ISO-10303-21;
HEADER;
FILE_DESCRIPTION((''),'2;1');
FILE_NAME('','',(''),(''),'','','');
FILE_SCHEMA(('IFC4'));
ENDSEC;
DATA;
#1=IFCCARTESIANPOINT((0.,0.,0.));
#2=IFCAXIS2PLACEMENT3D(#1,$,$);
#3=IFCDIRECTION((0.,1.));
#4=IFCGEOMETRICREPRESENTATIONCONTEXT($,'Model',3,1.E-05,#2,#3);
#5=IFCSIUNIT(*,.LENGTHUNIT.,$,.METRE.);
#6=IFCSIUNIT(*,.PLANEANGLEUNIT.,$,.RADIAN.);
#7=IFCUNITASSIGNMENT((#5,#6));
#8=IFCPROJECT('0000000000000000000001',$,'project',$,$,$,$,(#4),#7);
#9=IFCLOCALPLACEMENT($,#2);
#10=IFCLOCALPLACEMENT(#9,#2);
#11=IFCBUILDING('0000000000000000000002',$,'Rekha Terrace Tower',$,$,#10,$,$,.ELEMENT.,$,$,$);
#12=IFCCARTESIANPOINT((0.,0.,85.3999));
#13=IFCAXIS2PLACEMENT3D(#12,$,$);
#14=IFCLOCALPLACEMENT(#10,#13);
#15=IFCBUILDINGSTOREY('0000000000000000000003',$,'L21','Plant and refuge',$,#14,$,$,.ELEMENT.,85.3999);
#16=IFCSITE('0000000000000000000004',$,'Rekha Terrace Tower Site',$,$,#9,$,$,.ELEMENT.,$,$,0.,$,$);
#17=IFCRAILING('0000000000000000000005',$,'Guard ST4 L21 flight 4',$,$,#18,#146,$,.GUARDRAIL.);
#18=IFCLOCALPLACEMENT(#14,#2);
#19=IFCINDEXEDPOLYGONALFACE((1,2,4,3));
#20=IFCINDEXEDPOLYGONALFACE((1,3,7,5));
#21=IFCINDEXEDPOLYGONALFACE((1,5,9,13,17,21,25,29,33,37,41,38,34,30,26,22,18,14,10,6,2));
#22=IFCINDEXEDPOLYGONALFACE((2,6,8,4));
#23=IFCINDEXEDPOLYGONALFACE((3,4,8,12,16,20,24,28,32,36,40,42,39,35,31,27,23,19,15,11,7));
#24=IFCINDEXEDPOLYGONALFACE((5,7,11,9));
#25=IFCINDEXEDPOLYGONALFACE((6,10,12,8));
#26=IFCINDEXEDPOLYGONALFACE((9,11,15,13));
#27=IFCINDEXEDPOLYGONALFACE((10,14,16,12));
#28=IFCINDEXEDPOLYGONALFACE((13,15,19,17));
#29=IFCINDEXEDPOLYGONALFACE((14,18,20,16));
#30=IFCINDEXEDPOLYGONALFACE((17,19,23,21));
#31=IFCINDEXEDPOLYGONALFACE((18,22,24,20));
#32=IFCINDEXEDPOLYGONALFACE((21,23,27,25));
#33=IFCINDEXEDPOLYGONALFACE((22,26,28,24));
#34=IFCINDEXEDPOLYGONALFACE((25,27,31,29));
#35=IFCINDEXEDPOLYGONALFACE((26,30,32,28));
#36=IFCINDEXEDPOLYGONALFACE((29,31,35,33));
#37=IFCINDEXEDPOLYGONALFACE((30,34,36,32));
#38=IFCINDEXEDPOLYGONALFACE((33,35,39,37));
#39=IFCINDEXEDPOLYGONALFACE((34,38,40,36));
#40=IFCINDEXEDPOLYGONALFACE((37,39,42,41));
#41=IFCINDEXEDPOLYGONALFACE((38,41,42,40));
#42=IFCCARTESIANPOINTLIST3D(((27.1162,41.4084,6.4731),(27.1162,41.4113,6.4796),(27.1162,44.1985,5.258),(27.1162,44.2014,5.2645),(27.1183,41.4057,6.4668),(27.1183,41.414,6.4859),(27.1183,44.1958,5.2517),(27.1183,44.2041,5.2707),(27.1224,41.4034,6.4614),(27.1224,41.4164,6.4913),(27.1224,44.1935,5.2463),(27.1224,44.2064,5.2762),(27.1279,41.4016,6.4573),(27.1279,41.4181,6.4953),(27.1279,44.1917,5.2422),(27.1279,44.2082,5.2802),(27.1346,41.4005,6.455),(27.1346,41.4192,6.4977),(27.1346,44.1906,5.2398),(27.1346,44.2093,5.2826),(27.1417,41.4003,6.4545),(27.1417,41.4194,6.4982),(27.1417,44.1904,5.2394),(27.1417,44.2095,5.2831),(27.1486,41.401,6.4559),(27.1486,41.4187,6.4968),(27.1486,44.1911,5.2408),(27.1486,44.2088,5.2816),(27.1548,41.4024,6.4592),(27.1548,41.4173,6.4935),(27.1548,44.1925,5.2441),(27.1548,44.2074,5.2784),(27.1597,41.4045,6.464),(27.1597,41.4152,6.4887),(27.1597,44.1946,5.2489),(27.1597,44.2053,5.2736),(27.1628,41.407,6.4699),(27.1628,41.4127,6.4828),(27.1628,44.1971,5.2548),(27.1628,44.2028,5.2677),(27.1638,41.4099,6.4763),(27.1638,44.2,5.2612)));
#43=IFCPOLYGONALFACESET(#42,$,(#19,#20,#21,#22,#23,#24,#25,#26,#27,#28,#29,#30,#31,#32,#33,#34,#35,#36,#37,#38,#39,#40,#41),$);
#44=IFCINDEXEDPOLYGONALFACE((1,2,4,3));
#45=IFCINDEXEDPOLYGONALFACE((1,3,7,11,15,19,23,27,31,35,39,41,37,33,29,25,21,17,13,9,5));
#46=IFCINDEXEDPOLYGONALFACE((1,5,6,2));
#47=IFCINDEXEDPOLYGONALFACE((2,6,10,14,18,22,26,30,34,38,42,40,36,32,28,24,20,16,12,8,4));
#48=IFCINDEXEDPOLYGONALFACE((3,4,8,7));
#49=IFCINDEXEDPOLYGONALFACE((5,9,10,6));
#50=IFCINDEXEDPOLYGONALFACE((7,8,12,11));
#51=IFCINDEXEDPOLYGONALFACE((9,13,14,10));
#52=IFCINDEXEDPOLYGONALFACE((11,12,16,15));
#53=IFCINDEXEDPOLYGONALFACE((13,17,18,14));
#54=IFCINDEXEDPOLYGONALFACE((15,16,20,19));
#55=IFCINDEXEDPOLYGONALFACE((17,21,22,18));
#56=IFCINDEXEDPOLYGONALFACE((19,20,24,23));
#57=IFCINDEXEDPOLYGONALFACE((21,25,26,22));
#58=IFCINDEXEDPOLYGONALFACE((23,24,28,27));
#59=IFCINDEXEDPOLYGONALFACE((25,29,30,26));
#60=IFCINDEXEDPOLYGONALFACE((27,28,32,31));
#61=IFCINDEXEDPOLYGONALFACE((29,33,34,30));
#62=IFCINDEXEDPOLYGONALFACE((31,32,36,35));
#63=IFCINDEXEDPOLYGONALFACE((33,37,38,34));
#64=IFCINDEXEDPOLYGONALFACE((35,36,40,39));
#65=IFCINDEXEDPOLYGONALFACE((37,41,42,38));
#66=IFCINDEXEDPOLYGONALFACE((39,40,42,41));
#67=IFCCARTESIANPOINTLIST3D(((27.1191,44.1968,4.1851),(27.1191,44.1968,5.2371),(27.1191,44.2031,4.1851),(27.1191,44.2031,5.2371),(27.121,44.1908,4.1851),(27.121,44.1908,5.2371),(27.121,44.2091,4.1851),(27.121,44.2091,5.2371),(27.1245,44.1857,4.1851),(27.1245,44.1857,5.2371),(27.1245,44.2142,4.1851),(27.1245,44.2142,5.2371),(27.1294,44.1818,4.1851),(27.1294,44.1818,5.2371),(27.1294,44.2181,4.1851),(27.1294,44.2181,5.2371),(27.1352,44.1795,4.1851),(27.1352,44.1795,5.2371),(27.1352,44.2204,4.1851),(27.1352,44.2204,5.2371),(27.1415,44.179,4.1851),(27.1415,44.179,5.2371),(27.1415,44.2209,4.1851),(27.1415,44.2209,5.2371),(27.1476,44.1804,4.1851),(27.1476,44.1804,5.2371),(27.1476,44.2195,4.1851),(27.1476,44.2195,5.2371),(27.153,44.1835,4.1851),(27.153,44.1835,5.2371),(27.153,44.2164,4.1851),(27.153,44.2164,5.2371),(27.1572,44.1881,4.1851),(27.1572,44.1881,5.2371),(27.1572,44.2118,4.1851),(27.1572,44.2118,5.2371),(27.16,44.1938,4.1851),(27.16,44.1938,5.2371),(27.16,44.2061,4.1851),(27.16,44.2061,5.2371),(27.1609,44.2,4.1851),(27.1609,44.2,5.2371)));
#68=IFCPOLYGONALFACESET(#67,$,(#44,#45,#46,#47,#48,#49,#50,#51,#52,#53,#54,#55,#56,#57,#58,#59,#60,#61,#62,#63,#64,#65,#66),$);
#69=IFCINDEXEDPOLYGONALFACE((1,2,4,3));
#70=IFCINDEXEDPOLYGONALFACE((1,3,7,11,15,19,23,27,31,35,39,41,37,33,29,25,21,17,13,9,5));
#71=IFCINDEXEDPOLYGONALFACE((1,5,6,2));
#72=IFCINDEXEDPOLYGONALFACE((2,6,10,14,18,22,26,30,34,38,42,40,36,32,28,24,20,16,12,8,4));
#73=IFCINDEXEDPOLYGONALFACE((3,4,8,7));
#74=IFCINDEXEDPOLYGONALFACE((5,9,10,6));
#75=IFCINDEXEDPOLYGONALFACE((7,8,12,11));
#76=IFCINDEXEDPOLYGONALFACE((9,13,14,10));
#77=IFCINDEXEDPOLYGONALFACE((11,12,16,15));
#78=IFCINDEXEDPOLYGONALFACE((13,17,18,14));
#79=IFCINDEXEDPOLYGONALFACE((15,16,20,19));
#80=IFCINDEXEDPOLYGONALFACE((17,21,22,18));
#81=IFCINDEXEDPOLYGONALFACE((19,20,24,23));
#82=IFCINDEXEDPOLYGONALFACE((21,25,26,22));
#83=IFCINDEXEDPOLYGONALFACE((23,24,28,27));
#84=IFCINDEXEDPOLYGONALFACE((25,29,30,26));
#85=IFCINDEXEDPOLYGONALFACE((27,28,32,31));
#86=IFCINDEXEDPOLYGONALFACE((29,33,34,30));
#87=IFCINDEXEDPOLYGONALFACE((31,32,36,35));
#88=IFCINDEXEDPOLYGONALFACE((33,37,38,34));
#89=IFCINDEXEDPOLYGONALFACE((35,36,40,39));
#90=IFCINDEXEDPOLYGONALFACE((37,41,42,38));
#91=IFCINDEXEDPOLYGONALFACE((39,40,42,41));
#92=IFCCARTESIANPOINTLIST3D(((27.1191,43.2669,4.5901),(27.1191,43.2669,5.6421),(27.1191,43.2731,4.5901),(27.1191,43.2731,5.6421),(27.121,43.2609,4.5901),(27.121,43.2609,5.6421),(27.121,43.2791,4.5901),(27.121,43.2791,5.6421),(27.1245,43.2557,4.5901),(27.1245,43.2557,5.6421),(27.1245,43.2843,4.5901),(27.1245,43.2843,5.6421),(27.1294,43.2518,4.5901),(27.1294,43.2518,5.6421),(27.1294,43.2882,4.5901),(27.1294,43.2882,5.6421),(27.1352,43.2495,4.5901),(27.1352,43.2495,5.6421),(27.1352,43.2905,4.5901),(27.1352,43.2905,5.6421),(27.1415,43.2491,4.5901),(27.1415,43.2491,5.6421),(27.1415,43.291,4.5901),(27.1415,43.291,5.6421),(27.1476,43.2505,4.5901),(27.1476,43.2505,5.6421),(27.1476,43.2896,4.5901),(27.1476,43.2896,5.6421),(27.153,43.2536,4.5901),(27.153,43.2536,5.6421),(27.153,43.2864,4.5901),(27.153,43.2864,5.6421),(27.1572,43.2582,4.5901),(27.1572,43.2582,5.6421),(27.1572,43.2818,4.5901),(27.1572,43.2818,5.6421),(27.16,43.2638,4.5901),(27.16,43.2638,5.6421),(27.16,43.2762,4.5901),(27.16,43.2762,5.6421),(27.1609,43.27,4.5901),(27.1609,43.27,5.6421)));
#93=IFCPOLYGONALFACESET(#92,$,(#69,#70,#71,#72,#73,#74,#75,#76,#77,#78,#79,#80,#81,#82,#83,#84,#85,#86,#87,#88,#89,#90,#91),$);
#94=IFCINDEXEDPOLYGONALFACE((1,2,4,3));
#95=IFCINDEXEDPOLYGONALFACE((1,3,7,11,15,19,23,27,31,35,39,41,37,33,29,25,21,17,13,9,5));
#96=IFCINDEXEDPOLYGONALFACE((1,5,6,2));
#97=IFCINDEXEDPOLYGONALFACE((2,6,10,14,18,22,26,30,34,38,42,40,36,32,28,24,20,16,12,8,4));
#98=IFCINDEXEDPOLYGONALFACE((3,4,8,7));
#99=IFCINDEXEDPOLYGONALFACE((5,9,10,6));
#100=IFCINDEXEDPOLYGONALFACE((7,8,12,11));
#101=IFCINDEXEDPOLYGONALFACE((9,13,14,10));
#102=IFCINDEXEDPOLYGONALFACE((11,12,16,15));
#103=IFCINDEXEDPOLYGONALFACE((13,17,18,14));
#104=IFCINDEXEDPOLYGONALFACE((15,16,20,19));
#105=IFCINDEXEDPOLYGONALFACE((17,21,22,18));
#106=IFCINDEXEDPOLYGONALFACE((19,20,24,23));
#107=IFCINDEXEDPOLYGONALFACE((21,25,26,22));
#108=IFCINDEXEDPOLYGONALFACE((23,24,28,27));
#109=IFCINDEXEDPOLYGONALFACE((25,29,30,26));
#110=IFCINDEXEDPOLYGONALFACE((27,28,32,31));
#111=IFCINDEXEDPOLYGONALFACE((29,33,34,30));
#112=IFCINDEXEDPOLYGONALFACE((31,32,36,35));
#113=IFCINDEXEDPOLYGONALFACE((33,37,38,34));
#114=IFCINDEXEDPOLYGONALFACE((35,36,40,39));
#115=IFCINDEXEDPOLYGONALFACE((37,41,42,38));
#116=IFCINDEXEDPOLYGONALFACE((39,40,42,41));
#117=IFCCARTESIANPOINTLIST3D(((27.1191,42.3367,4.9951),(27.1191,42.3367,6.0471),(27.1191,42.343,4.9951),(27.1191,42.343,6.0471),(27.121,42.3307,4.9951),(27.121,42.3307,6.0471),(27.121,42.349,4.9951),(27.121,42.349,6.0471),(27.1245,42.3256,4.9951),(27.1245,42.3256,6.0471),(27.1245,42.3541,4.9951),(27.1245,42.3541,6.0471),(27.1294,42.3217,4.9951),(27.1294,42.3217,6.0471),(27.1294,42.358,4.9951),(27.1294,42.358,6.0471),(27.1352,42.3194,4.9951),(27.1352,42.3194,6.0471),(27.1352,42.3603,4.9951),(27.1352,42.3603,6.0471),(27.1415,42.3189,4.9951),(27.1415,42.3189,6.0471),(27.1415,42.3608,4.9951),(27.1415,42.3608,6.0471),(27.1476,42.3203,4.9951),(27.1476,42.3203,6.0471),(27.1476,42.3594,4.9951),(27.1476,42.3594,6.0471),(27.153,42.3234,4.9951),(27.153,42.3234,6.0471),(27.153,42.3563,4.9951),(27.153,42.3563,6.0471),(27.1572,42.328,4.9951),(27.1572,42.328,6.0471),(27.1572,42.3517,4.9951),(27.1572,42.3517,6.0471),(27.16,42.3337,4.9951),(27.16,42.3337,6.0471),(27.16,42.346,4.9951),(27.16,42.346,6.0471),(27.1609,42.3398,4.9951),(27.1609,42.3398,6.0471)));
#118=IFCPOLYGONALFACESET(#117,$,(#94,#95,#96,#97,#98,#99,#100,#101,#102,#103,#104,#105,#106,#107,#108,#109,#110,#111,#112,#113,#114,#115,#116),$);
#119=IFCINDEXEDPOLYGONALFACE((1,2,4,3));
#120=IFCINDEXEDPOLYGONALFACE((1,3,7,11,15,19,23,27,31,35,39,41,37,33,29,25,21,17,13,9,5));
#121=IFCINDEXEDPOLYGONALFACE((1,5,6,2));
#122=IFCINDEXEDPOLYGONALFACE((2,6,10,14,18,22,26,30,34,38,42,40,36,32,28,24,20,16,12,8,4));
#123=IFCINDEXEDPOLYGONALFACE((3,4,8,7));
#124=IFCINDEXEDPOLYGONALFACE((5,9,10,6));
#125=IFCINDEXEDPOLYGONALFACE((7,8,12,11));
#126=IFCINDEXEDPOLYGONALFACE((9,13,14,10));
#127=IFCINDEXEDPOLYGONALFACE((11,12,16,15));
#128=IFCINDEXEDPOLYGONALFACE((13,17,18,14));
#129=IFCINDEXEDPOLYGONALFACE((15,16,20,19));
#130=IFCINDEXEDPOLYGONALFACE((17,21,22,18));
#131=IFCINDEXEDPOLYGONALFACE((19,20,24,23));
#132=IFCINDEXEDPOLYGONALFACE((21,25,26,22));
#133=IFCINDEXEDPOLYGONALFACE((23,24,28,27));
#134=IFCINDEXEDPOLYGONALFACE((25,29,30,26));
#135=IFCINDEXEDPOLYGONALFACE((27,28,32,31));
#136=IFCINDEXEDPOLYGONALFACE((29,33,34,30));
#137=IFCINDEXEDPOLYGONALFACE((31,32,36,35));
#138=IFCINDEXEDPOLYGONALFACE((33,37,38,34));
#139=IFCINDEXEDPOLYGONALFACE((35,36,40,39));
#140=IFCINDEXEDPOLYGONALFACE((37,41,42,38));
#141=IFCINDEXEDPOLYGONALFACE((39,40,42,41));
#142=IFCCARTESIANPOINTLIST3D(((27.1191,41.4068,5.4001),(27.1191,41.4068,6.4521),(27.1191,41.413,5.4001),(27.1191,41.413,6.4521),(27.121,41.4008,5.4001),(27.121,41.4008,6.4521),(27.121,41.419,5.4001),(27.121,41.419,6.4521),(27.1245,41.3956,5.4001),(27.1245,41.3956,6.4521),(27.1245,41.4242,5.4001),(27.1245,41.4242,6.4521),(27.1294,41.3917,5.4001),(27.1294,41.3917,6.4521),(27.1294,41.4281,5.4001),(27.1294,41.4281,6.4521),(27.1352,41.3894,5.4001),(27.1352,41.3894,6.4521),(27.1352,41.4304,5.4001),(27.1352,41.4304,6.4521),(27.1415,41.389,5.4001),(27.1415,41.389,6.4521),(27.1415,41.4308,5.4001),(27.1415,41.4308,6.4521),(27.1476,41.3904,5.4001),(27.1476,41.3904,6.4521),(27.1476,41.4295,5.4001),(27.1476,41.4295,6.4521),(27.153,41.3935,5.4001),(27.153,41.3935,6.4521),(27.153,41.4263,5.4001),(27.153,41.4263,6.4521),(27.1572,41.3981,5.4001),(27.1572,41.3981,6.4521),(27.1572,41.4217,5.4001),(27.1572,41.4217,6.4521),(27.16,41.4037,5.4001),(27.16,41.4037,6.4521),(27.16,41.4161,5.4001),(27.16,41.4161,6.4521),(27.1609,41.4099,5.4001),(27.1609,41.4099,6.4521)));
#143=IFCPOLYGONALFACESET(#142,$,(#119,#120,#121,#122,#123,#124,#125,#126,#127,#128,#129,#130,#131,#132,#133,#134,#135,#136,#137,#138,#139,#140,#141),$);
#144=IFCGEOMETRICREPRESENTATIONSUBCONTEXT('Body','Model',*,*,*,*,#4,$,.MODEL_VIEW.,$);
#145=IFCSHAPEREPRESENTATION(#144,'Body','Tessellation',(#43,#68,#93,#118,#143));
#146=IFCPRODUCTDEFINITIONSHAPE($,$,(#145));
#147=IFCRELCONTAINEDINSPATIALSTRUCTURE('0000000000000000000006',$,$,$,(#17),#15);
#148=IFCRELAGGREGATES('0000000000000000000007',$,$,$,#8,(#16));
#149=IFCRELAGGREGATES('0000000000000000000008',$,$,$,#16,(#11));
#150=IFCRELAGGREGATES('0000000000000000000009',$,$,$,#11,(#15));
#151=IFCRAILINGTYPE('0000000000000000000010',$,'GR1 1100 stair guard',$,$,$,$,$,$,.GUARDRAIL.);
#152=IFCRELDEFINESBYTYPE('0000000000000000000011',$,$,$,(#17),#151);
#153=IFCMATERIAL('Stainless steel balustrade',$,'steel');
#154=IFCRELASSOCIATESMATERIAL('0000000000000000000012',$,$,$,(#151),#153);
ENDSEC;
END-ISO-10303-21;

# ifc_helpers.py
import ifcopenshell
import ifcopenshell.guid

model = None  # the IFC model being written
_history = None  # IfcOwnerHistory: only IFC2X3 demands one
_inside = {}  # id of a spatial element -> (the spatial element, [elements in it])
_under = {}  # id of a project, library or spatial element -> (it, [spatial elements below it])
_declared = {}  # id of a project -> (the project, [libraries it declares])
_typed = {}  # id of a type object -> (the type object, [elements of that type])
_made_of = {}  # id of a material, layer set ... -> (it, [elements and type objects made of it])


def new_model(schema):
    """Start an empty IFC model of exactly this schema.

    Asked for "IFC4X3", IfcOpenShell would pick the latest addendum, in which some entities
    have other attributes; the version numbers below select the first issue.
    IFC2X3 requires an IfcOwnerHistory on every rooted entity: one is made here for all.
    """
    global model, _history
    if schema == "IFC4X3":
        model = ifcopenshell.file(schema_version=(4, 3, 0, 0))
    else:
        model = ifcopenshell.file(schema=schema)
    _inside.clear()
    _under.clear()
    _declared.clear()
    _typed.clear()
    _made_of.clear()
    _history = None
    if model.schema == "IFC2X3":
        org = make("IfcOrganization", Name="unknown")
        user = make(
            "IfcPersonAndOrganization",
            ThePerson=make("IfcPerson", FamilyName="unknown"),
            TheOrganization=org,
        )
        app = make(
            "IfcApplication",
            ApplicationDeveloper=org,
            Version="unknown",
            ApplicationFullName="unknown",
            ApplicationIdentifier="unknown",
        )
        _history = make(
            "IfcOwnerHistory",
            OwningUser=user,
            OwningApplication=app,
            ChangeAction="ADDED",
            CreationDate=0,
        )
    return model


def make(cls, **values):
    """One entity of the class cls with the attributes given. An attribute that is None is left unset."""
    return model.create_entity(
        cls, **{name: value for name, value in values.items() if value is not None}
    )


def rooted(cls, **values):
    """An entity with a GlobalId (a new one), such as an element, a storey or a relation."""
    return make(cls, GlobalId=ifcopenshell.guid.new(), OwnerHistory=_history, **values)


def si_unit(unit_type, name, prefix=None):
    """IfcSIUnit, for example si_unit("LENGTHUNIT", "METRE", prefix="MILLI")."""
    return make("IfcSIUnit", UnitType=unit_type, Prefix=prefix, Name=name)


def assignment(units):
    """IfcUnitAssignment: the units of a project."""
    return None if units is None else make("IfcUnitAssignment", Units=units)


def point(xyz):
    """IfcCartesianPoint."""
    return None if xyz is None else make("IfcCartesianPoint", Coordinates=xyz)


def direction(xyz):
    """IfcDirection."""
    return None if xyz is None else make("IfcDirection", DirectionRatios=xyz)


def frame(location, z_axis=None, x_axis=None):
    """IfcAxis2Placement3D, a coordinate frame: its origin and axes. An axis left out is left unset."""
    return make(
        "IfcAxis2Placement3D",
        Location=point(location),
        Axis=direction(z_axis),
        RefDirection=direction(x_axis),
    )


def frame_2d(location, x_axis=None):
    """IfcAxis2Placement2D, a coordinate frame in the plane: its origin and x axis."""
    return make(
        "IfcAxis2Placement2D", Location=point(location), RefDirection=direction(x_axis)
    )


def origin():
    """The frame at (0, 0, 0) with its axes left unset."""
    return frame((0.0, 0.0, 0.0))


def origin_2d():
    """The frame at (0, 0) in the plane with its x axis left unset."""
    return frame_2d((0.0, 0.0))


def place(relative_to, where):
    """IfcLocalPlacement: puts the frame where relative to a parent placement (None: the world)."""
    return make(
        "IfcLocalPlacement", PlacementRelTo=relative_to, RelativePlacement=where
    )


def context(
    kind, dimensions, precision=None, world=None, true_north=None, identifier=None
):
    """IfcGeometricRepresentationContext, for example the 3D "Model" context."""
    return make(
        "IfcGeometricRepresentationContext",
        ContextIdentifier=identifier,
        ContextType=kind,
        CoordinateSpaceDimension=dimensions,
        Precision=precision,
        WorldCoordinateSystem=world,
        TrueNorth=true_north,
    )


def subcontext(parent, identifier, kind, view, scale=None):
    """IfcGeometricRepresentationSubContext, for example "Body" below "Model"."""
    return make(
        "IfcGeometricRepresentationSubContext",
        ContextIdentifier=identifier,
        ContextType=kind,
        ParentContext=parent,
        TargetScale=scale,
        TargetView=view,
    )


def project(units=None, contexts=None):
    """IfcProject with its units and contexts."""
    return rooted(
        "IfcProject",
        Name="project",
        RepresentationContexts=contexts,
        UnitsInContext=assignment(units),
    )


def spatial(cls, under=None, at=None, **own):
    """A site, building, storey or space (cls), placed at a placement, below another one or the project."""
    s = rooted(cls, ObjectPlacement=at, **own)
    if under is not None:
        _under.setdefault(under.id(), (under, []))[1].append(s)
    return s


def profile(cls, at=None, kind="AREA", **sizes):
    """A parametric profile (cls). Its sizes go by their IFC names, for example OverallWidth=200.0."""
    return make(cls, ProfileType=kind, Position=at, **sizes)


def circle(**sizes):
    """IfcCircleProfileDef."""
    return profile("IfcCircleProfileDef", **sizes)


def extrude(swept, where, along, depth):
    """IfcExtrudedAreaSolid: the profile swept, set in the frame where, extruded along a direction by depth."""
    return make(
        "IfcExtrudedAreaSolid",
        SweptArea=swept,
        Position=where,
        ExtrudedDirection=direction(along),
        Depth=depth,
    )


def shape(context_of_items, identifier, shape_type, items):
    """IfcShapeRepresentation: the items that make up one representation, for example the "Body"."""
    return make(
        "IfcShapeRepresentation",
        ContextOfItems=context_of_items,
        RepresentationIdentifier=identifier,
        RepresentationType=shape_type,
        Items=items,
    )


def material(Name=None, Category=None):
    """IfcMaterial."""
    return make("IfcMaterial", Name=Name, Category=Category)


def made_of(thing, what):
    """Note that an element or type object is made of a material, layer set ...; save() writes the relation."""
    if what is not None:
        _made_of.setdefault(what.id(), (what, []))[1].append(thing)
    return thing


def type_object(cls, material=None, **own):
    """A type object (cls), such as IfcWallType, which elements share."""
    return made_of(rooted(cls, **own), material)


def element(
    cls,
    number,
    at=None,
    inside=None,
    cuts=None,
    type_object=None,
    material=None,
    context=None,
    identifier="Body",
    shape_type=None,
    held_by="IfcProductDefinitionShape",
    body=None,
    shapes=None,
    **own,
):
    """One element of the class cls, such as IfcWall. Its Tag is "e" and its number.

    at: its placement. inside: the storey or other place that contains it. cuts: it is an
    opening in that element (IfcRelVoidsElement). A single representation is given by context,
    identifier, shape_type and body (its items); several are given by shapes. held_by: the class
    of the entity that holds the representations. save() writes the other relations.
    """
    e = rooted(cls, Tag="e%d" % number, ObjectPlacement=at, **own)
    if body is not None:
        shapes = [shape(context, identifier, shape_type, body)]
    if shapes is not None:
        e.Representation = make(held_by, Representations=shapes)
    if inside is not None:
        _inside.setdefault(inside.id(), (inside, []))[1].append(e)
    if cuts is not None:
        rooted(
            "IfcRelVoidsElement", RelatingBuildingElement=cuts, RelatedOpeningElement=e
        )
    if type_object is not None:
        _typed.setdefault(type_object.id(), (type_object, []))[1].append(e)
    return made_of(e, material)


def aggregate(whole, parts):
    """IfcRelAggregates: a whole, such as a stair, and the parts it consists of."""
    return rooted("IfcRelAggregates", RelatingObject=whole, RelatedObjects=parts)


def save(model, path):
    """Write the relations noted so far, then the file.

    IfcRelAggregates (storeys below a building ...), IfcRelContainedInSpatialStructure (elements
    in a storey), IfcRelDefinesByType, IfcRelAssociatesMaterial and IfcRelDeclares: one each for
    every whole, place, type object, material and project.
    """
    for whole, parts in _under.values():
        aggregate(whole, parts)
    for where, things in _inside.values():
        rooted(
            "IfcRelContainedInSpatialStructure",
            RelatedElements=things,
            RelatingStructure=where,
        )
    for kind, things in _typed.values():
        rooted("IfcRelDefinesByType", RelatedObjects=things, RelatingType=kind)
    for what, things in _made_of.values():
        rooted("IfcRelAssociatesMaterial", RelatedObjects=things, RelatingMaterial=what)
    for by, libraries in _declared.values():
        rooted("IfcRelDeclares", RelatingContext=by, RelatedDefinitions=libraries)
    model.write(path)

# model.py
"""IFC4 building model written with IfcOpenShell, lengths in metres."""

from ifc_helpers import new_model, si_unit, direction, frame, origin, origin_2d, place, context, subcontext, project, spatial, circle, extrude, material, type_object, element, save


model = new_model("IFC4")

# Units and contexts
model_context = context("Model", 3, precision=1e-05, world=origin(), true_north=direction((0.0, 1.0)))
body_context = subcontext(model_context, "Body", "Model", "MODEL_VIEW")
ifc_project = project(units=[si_unit("LENGTHUNIT", "METRE"), si_unit("PLANEANGLEUNIT", "RADIAN")], contexts=[model_context])

# Site, building, storey
site_placement = place(None, origin())
site = spatial("IfcSite", under=ifc_project, at=site_placement, Name="Rekha Terrace Tower Site", CompositionType="ELEMENT", RefElevation=0.0)
building_placement = place(site_placement, origin())
building = spatial("IfcBuilding", under=site, at=building_placement, Name="Rekha Terrace Tower", CompositionType="ELEMENT")
storey_placement = place(building_placement, frame((0.0, 0.0, 85.3999)))
storey = spatial("IfcBuildingStorey", under=building, at=storey_placement, Name="L21", Description="Plant and refuge", CompositionType="ELEMENT", Elevation=85.3999)

# Railing
ifc_material_1 = material(Name="Stainless steel balustrade", Category="steel")
railing_type_1 = type_object("IfcRailingType", Name="GR1 1100 stair guard", PredefinedType="GUARDRAIL", material=ifc_material_1)
railing_1_placement = place(storey_placement, frame((27.1399, 44.2, 4.1851)))
element("IfcRailing", 1, at=railing_1_placement, inside=storey, type_object=railing_type_1, Name="Guard ST4 L21 flight 4", PredefinedType="GUARDRAIL", context=body_context, shape_type="SweptSolid", body=[
    extrude(circle(Radius=0.0239, at=origin_2d()), frame((0.0, 0.0, 1.0762), z_axis=(0.0, -0.916826, 0.399286), x_axis=(1.0, 0.0, 0.0)), (0.0, 0.0, 1.0), 3.0432),
    extrude(circle(Radius=0.021, at=origin_2d()), origin(), (0.0, 0.0, 1.0), 1.052),
    extrude(circle(Radius=0.021, at=origin_2d()), frame((0.0, -0.9299, 0.405)), (0.0, 0.0, 1.0), 1.052),
    extrude(circle(Radius=0.021, at=origin_2d()), frame((0.0, -1.8601, 0.8101)), (0.0, 0.0, 1.0), 1.052),
    extrude(circle(Radius=0.021, at=origin_2d()), frame((0.0, -2.79, 1.2151)), (0.0, 0.0, 1.0), 1.052),
])

save(model, "model.ifc")
